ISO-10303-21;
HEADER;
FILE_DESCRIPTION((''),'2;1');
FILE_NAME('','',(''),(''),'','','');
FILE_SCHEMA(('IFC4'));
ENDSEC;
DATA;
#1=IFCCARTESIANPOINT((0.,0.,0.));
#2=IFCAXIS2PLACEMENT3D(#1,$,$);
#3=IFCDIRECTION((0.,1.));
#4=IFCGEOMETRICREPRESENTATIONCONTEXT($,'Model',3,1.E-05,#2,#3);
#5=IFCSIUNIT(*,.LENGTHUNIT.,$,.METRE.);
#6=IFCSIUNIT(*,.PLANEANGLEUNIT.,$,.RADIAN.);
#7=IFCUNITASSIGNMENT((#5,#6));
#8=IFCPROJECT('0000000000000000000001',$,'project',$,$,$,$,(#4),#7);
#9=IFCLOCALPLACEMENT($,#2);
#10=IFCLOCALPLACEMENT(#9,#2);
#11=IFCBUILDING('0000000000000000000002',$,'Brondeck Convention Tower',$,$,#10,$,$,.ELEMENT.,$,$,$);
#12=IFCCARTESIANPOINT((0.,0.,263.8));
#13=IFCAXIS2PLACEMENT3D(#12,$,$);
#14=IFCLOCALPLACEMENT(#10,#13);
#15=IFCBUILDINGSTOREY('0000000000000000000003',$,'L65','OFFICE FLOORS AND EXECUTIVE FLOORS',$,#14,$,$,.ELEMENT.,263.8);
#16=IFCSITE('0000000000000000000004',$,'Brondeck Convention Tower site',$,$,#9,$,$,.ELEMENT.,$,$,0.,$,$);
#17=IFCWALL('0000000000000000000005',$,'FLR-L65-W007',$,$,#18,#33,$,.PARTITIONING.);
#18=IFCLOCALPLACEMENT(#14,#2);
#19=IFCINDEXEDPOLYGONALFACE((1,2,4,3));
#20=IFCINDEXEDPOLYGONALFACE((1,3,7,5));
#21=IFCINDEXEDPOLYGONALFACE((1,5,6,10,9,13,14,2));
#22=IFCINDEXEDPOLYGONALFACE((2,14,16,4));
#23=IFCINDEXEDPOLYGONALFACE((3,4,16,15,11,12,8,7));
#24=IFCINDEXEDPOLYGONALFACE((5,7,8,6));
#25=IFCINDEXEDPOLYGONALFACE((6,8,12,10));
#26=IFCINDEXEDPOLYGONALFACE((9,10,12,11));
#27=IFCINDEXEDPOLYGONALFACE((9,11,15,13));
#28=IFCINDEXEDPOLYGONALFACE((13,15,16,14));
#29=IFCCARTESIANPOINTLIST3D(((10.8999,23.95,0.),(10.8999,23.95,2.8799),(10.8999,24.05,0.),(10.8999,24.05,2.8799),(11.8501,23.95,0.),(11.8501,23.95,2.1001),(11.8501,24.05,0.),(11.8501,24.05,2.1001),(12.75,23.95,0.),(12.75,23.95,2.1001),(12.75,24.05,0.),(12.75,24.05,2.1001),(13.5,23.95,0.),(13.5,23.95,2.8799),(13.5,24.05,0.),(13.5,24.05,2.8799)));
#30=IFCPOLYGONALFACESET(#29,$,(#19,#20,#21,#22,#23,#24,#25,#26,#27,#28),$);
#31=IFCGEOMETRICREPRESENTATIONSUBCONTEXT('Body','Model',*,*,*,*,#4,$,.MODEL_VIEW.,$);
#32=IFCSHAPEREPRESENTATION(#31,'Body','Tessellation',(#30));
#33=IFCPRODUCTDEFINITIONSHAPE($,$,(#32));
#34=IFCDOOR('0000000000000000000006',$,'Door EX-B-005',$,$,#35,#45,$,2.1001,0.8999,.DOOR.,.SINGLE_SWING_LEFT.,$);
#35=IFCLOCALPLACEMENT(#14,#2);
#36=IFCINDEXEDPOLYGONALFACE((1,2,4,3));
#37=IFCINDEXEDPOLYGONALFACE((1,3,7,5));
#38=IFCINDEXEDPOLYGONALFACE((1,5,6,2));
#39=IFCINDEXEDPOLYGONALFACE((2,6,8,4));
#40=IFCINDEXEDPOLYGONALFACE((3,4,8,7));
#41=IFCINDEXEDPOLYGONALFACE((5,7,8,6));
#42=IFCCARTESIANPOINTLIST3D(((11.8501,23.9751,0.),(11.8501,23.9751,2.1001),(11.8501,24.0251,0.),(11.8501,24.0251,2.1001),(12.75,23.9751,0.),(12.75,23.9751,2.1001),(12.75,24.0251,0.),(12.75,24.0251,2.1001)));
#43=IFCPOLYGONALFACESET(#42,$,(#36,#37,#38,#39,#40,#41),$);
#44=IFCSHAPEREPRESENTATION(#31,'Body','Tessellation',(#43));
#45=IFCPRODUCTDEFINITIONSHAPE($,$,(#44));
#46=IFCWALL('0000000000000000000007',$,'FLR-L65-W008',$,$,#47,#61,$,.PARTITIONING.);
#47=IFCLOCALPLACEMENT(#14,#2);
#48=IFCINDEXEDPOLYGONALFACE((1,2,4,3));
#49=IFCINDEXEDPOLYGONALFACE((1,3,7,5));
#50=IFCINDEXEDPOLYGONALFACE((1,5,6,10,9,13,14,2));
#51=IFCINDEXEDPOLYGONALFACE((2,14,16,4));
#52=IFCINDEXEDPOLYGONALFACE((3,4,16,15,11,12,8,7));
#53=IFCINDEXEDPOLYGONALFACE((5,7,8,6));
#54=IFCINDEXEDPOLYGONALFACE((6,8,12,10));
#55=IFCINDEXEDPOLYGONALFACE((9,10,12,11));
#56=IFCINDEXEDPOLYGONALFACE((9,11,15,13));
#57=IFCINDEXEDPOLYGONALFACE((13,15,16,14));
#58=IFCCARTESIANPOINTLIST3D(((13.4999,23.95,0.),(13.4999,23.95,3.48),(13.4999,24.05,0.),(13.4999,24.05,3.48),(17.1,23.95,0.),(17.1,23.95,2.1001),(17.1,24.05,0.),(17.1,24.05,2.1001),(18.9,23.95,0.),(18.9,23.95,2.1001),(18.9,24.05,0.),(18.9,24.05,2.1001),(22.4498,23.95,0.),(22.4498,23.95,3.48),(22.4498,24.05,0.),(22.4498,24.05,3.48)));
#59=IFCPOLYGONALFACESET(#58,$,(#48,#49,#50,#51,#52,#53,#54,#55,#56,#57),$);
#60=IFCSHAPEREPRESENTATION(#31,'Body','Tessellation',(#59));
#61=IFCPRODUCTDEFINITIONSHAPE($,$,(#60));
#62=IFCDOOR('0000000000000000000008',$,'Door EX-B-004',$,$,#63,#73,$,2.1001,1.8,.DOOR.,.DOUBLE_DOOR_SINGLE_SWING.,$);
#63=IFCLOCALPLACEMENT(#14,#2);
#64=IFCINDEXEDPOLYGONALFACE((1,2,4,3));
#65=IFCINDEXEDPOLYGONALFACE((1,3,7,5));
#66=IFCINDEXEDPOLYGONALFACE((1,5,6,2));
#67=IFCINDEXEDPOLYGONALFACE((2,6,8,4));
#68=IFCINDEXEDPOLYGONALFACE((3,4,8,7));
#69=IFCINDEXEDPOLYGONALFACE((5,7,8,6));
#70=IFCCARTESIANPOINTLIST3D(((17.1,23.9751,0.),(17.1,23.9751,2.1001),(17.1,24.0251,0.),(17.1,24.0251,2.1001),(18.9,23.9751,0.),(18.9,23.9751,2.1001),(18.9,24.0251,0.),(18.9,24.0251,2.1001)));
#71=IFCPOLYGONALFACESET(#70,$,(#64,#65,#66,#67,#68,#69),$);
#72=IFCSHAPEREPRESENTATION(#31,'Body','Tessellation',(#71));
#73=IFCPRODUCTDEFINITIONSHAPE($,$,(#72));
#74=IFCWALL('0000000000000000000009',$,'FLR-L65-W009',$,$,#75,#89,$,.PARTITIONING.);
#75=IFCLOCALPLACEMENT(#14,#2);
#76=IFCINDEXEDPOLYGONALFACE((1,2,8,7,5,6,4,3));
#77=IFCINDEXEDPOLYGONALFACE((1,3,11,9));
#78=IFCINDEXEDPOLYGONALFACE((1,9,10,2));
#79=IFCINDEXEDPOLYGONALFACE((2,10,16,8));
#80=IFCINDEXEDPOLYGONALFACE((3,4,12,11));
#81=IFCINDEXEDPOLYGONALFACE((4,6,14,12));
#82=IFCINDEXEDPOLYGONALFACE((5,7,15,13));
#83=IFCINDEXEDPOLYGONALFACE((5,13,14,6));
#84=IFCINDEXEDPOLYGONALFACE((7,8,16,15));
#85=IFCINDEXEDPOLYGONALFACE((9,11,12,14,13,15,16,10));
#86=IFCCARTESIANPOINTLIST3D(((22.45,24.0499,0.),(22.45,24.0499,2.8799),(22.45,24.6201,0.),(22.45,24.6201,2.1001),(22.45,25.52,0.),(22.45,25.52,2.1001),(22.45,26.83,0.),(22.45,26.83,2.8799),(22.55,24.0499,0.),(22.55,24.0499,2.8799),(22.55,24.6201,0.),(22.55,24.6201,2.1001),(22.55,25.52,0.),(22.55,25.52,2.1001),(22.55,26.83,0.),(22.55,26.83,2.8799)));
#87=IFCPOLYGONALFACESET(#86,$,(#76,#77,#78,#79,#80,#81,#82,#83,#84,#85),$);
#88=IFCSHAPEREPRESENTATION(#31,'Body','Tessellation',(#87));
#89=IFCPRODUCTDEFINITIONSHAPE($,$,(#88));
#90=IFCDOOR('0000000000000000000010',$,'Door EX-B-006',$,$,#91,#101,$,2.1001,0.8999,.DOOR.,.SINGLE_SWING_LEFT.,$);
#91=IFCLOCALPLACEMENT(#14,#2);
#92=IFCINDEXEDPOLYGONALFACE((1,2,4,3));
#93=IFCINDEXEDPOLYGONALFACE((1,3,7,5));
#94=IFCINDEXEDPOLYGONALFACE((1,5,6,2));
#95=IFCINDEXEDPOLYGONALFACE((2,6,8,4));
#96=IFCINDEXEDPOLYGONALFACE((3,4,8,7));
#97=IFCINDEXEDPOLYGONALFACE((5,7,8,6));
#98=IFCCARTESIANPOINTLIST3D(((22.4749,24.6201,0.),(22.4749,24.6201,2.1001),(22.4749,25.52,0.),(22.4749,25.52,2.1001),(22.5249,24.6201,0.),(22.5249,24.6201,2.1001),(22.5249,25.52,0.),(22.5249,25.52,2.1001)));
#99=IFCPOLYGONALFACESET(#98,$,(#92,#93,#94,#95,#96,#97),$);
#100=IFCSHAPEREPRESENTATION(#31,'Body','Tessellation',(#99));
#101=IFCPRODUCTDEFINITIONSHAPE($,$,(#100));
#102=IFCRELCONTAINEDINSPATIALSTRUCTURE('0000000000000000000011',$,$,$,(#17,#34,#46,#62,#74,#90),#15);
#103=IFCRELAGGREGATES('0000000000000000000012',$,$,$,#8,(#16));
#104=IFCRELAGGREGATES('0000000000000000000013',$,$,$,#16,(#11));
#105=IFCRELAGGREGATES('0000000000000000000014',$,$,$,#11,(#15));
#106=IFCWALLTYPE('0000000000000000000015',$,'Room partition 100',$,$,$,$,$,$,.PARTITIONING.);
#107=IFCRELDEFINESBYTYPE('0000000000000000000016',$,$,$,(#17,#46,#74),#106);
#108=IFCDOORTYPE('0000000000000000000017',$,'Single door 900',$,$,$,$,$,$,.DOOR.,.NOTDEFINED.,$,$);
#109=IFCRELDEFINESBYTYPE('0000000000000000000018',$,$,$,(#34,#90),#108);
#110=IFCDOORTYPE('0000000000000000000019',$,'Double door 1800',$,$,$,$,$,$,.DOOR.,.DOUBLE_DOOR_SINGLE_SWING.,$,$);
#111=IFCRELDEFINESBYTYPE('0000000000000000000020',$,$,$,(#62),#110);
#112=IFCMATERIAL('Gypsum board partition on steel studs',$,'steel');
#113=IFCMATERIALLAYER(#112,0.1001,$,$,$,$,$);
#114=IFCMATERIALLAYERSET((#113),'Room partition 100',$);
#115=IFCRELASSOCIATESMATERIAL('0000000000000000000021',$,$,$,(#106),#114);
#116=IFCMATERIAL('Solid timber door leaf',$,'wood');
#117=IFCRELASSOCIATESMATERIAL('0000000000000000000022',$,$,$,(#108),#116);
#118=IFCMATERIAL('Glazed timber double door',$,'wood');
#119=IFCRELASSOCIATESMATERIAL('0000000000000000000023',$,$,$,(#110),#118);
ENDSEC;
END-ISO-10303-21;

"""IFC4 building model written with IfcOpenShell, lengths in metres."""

from ifc_helpers import new_model, si_unit, direction, frame, frame_2d, origin, place, context, subcontext, project, spatial, rectangle, extrude, material, layer, layer_set, type_object, element, fill, save


model = new_model("IFC4")

# Units and contexts
model_context = context("Model", 3, precision=1e-05, world=origin(), true_north=direction((0.0, 1.0)))
body_context = subcontext(model_context, "Body", "Model", "MODEL_VIEW")
ifc_project = project(units=[si_unit("LENGTHUNIT", "METRE"), si_unit("PLANEANGLEUNIT", "RADIAN")], contexts=[model_context])

# Site, building, storey
site_placement = place(None, origin())
site = spatial("IfcSite", under=ifc_project, at=site_placement, Name="Brondeck Convention Tower site", CompositionType="ELEMENT", RefElevation=0.0)
building_placement = place(site_placement, origin())
building = spatial("IfcBuilding", under=site, at=building_placement, Name="Brondeck Convention Tower", CompositionType="ELEMENT")
storey_placement = place(building_placement, frame((0.0, 0.0, 263.8)))
storey = spatial("IfcBuildingStorey", under=building, at=storey_placement, Name="L65", Description="OFFICE FLOORS AND EXECUTIVE FLOORS", CompositionType="ELEMENT", Elevation=263.8)

# Shared definitions
ifc_material_1 = material(Name="Gypsum board partition on steel studs", Category="steel")
ifc_layer_1 = layer(ifc_material_1, 0.1001)
ifc_layer_set_1 = layer_set([ifc_layer_1], Name="Room partition 100")
wall_type_1 = type_object("IfcWallType", Name="Room partition 100", PredefinedType="PARTITIONING", material=ifc_layer_set_1)

# Walls, openings, doors
wall_1_placement = place(storey_placement, frame((13.5, 24.0, 0.0), z_axis=(0.0, 0.0, 1.0), x_axis=(-1.0, 0.0, 0.0)))
wall_1 = element("IfcWall", 1, at=wall_1_placement, inside=storey, type_object=wall_type_1, Name="FLR-L65-W007", PredefinedType="PARTITIONING", context=body_context, shape_type="SweptSolid", body=[
    extrude(rectangle(XDim=2.6001, YDim=0.1001, at=frame_2d((1.3, 0.0))), origin(), (0.0, 0.0, 1.0), 2.8799),
])
opening_1_placement = place(wall_1_placement, frame((0.75, 0.0, 0.0)))
opening_1 = element("IfcOpeningElement", 2, at=opening_1_placement, cuts=wall_1, PredefinedType="OPENING", context=body_context, shape_type="SweptSolid", body=[
    extrude(rectangle(XDim=0.8999, YDim=2.1001, at=frame_2d((0.45, 1.05))), frame((0.0, 0.0601, 0.0), z_axis=(0.0, -1.0, 0.0), x_axis=(1.0, 0.0, 0.0)), (0.0, 0.0, 1.0), 0.1201),
])
ifc_material_2 = material(Name="Solid timber door leaf", Category="wood")
door_type_1 = type_object("IfcDoorType", Name="Single door 900", OperationType="NOTDEFINED", PredefinedType="DOOR", material=ifc_material_2)
door_1_placement = place(opening_1_placement, origin())
door_1 = element("IfcDoor", 3, at=door_1_placement, inside=storey, type_object=door_type_1, Name="Door EX-B-005", OperationType="SINGLE_SWING_LEFT", OverallHeight=2.1001, OverallWidth=0.8999, PredefinedType="DOOR", context=body_context, shape_type="SweptSolid", body=[
    extrude(rectangle(XDim=0.8999, YDim=2.1001, at=frame_2d((0.45, 1.05))), frame((0.0, 0.0249, 0.0), z_axis=(0.0, -1.0, 0.0), x_axis=(1.0, 0.0, 0.0)), (0.0, 0.0, 1.0), 0.05),
])
fill(opening_1, door_1)
wall_2_placement = place(storey_placement, frame((22.45, 24.0, 0.0), z_axis=(0.0, 0.0, 1.0), x_axis=(-1.0, 0.0, 0.0)))
wall_2 = element("IfcWall", 4, at=wall_2_placement, inside=storey, type_object=wall_type_1, Name="FLR-L65-W008", PredefinedType="PARTITIONING", context=body_context, shape_type="SweptSolid", body=[
    extrude(rectangle(XDim=8.95, YDim=0.1001, at=frame_2d((4.4751, 0.0))), origin(), (0.0, 0.0, 1.0), 3.48),
])
opening_2_placement = place(wall_2_placement, frame((3.55, 0.0, 0.0)))
opening_2 = element("IfcOpeningElement", 5, at=opening_2_placement, cuts=wall_2, PredefinedType="OPENING", context=body_context, shape_type="SweptSolid", body=[
    extrude(rectangle(XDim=1.8, YDim=2.1001, at=frame_2d((0.8999, 1.05))), frame((0.0, 0.0601, 0.0), z_axis=(0.0, -1.0, 0.0), x_axis=(1.0, 0.0, 0.0)), (0.0, 0.0, 1.0), 0.1201),
])
ifc_material_3 = material(Name="Glazed timber double door", Category="wood")
door_type_2 = type_object("IfcDoorType", Name="Double door 1800", OperationType="DOUBLE_DOOR_SINGLE_SWING", PredefinedType="DOOR", material=ifc_material_3)
door_2_placement = place(opening_2_placement, origin())
door_2 = element("IfcDoor", 6, at=door_2_placement, inside=storey, type_object=door_type_2, Name="Door EX-B-004", OperationType="DOUBLE_DOOR_SINGLE_SWING", OverallHeight=2.1001, OverallWidth=1.8, PredefinedType="DOOR", context=body_context, shape_type="SweptSolid", body=[
    extrude(rectangle(XDim=1.8, YDim=2.1001, at=frame_2d((0.8999, 1.05))), frame((0.0, 0.0249, 0.0), z_axis=(0.0, -1.0, 0.0), x_axis=(1.0, 0.0, 0.0)), (0.0, 0.0, 1.0), 0.05),
])
fill(opening_2, door_2)
wall_3_placement = place(storey_placement, frame((22.5, 26.8301, 0.0), z_axis=(0.0, 0.0, 1.0), x_axis=(0.0, -1.0, 0.0)))
wall_3 = element("IfcWall", 7, at=wall_3_placement, inside=storey, type_object=wall_type_1, Name="FLR-L65-W009", PredefinedType="PARTITIONING", context=body_context, shape_type="SweptSolid", body=[
    extrude(rectangle(XDim=2.78, YDim=0.1001, at=frame_2d((1.3901, 0.0))), origin(), (0.0, 0.0, 1.0), 2.8799),
])
opening_3_placement = place(wall_3_placement, frame((1.3101, 0.0, 0.0)))
opening_3 = element("IfcOpeningElement", 8, at=opening_3_placement, cuts=wall_3, PredefinedType="OPENING", context=body_context, shape_type="SweptSolid", body=[
    extrude(rectangle(XDim=0.8999, YDim=2.1001, at=frame_2d((0.45, 1.05))), frame((0.0, 0.0601, 0.0), z_axis=(0.0, -1.0, 0.0), x_axis=(1.0, 0.0, 0.0)), (0.0, 0.0, 1.0), 0.1201),
])
door_3_placement = place(opening_3_placement, origin())
door_3 = element("IfcDoor", 9, at=door_3_placement, inside=storey, type_object=door_type_1, Name="Door EX-B-006", OperationType="SINGLE_SWING_LEFT", OverallHeight=2.1001, OverallWidth=0.8999, PredefinedType="DOOR", context=body_context, shape_type="SweptSolid", body=[
    extrude(rectangle(XDim=0.8999, YDim=2.1001, at=frame_2d((0.45, 1.05))), frame((0.0, 0.0249, 0.0), z_axis=(0.0, -1.0, 0.0), x_axis=(1.0, 0.0, 0.0)), (0.0, 0.0, 1.0), 0.05),
])
fill(opening_3, door_3)

save(model, "model.ifc")
